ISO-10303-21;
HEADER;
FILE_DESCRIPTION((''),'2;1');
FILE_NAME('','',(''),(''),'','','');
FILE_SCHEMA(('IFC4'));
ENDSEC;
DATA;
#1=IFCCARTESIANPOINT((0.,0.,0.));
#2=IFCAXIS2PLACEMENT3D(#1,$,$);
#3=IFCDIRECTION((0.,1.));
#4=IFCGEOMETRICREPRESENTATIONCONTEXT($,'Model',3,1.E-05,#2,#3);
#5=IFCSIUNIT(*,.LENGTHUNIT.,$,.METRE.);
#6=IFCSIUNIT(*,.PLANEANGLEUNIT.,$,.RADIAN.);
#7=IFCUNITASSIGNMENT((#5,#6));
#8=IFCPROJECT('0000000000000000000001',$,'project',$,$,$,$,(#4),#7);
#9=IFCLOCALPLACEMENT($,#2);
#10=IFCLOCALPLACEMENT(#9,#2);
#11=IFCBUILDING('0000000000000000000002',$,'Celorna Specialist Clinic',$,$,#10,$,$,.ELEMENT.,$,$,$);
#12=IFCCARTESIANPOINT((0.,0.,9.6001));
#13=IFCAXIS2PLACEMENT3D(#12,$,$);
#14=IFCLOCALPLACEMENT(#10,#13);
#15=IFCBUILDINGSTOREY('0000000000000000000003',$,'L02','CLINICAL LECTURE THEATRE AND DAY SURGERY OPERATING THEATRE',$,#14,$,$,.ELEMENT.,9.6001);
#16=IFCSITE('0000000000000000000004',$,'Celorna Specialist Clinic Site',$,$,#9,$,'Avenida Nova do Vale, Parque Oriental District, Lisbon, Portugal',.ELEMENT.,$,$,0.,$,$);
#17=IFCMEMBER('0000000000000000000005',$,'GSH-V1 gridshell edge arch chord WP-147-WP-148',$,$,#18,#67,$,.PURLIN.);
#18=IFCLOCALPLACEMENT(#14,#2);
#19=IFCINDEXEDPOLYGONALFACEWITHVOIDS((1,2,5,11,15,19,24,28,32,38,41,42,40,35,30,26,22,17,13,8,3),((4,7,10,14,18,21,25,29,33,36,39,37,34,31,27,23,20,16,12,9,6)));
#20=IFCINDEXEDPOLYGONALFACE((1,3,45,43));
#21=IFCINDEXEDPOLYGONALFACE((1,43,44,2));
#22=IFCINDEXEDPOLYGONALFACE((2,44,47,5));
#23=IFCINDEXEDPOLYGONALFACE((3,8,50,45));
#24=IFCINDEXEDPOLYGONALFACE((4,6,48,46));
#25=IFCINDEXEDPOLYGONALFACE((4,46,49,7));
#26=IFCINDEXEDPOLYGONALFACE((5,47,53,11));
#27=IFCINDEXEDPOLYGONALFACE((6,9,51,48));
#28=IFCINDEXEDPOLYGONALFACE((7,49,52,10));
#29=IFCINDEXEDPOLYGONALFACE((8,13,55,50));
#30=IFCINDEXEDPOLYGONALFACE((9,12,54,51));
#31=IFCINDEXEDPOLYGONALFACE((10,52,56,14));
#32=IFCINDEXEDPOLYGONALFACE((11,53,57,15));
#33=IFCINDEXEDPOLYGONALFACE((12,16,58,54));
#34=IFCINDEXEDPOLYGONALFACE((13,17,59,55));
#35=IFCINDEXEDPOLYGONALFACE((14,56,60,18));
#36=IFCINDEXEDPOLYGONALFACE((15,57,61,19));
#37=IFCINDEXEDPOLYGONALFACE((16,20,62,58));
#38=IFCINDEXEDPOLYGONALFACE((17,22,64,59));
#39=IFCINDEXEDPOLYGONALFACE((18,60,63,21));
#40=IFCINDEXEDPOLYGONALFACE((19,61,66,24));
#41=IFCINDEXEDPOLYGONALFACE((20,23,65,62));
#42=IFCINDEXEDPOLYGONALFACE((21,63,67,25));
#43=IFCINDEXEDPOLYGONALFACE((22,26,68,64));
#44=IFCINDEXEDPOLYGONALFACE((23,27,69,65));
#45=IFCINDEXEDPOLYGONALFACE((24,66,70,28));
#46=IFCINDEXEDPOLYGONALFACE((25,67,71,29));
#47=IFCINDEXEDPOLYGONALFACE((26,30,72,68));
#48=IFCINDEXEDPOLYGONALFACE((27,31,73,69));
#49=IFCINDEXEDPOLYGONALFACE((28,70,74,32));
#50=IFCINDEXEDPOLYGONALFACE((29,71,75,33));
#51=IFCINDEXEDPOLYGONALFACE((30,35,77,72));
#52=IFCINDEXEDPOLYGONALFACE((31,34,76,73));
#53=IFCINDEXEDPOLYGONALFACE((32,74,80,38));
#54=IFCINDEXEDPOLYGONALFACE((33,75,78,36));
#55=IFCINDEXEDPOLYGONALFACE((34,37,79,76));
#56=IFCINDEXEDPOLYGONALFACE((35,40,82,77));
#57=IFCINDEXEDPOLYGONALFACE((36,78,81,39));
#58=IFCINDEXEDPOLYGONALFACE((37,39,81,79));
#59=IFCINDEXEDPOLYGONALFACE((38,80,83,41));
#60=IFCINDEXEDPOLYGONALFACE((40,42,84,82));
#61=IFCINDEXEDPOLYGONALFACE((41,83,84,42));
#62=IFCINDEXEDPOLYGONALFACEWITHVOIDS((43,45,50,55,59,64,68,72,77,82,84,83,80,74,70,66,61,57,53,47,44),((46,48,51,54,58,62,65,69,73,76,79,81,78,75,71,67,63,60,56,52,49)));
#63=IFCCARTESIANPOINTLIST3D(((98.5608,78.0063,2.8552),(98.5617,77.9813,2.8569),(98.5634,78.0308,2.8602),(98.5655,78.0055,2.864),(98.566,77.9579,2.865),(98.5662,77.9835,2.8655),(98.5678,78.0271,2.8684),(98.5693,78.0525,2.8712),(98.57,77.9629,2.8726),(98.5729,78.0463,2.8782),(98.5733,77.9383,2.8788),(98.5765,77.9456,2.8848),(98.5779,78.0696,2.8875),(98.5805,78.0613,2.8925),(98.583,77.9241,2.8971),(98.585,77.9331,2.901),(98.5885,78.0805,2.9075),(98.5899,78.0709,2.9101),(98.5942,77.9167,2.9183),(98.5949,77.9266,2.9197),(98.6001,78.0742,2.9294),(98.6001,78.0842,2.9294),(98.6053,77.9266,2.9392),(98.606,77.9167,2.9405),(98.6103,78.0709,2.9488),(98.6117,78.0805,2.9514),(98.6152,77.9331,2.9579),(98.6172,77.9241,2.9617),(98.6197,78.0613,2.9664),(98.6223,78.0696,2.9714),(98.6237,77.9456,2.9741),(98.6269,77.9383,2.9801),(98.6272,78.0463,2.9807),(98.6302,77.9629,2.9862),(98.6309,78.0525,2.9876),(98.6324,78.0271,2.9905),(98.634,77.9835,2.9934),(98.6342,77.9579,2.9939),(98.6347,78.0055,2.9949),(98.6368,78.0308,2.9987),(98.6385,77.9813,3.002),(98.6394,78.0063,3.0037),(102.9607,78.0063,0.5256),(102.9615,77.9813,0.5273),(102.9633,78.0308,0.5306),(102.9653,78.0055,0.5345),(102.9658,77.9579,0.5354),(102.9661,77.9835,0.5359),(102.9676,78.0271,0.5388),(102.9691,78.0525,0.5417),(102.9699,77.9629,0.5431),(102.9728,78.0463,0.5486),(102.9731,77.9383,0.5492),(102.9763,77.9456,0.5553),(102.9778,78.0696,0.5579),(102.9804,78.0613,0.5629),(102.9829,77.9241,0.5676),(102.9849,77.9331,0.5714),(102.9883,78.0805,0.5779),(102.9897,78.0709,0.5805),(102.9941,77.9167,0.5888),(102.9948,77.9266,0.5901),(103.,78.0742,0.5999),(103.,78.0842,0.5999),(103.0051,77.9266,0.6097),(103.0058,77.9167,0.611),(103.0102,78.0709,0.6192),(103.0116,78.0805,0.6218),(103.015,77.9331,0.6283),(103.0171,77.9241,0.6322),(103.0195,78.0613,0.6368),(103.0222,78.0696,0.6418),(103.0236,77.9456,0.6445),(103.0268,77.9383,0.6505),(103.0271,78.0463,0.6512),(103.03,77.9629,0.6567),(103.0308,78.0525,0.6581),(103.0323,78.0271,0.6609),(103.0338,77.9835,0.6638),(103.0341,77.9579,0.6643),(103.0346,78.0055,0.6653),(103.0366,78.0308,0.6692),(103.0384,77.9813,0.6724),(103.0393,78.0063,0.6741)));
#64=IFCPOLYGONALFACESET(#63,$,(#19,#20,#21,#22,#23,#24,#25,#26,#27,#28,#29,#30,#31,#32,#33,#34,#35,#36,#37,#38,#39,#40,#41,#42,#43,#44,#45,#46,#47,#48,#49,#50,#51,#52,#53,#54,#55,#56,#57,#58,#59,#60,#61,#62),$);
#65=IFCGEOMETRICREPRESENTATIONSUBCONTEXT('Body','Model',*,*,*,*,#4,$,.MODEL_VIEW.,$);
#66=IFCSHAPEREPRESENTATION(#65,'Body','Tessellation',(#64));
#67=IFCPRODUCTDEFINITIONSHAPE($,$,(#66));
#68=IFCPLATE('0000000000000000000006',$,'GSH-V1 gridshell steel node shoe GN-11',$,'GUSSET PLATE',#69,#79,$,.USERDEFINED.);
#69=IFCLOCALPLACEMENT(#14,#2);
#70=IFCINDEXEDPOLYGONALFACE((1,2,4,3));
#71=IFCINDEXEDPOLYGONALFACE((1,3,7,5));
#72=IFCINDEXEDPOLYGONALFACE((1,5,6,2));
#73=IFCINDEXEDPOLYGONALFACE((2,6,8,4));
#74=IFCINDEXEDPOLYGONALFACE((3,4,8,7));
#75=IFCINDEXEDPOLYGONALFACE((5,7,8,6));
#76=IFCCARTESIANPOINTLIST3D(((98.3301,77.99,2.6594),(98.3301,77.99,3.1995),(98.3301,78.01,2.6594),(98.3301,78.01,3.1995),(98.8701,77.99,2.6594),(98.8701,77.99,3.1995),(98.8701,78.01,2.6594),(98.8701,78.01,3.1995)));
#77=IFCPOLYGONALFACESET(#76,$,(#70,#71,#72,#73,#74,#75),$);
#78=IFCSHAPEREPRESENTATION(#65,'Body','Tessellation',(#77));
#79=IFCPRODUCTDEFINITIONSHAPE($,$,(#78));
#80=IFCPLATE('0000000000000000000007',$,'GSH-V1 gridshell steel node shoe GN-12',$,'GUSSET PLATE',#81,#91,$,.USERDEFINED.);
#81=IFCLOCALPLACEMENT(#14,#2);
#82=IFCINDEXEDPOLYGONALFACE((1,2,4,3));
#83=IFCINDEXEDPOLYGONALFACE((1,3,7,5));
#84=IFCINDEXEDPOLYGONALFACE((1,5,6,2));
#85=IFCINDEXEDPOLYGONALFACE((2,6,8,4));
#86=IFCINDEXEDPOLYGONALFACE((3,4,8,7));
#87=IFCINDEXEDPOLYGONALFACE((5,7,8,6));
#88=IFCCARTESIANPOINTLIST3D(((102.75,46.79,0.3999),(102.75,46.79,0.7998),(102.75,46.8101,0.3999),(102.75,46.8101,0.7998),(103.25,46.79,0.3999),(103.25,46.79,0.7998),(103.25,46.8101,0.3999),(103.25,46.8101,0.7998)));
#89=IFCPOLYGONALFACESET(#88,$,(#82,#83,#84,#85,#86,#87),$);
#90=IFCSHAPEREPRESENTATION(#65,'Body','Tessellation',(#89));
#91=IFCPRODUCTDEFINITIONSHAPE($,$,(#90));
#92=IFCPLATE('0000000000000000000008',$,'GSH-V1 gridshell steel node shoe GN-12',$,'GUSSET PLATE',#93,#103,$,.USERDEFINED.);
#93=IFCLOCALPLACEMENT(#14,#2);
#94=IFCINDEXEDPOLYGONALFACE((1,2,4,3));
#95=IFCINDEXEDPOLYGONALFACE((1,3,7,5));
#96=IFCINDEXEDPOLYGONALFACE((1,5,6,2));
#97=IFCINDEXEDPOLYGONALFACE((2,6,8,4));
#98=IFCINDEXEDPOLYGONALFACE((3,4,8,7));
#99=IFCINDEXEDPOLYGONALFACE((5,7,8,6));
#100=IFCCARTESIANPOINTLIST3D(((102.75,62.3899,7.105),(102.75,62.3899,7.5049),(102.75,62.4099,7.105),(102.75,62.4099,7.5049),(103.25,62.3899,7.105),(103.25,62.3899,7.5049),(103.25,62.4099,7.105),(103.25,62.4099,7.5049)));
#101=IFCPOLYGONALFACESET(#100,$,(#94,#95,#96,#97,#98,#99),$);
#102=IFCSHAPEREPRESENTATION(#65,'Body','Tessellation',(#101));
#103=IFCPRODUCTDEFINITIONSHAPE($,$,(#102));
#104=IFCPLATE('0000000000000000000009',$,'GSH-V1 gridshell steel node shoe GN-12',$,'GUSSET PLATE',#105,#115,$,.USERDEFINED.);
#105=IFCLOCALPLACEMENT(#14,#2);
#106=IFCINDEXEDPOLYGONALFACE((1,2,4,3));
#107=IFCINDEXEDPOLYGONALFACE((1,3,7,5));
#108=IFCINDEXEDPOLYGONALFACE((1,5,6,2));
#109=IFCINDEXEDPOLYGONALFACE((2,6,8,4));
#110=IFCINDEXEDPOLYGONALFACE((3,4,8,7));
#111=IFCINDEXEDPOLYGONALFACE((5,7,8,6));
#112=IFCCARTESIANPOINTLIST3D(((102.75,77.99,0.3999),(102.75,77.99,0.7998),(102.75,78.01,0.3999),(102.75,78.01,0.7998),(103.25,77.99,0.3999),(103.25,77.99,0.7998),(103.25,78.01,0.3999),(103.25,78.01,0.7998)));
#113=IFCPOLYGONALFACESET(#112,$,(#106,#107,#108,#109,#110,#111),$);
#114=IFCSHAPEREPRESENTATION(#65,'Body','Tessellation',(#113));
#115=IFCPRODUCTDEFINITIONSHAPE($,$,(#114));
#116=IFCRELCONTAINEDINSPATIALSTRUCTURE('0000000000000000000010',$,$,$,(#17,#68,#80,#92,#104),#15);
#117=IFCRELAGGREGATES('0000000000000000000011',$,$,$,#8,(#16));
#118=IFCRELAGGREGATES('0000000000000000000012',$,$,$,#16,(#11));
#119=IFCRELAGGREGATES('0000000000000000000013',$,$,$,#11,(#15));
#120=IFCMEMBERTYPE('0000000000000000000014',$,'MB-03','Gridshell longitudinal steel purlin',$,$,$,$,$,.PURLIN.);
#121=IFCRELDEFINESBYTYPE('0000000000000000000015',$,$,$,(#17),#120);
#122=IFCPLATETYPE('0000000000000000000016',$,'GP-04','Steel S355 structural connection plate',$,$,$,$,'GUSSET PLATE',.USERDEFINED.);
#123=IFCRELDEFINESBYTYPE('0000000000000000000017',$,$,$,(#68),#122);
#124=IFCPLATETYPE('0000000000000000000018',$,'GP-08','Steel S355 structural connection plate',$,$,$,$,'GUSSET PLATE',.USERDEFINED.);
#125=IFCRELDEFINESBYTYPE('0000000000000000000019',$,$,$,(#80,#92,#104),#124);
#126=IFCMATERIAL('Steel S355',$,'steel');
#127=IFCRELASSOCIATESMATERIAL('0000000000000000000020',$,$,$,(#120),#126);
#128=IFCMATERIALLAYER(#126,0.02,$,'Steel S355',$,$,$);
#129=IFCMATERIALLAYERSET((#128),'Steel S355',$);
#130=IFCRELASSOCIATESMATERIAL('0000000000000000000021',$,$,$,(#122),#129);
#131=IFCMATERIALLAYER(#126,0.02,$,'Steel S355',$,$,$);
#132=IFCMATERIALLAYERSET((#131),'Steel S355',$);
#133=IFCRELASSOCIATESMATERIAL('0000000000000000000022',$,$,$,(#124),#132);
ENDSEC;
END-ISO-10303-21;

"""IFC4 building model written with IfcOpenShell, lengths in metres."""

from ifc_helpers import new_model, si_unit, direction, frame, origin, origin_2d, place, context, subcontext, project, spatial, rectangle, hollow_circle, extrude, material, layer, layer_set, material_profile, profile_set, type_object, element, save


model = new_model("IFC4")

# Units and contexts
model_context = context("Model", 3, precision=1e-05, world=origin(), true_north=direction((0.0, 1.0)))
body_context = subcontext(model_context, "Body", "Model", "MODEL_VIEW")
ifc_project = project(units=[si_unit("LENGTHUNIT", "METRE"), si_unit("PLANEANGLEUNIT", "RADIAN")], contexts=[model_context])

# Site, building, storey
site_placement = place(None, origin())
site = spatial("IfcSite", under=ifc_project, at=site_placement, Name="Celorna Specialist Clinic Site", LongName="Avenida Nova do Vale, Parque Oriental District, Lisbon, Portugal", CompositionType="ELEMENT", RefElevation=0.0)
building_placement = place(site_placement, origin())
building = spatial("IfcBuilding", under=site, at=building_placement, Name="Celorna Specialist Clinic", CompositionType="ELEMENT")
storey_placement = place(building_placement, frame((0.0, 0.0, 9.6001)))
storey = spatial("IfcBuildingStorey", under=building, at=storey_placement, Name="L02", Description="CLINICAL LECTURE THEATRE AND DAY SURGERY OPERATING THEATRE", CompositionType="ELEMENT", Elevation=9.6001)

# Shared definitions
ifc_material_1 = material(Name="Steel S355", Category="steel")

# Member
ifc_material_profile_1 = material_profile(ifc_material_1, hollow_circle(Radius=0.0842, WallThickness=0.01, at=origin_2d()), Name="CHS 168.3x10")
ifc_profile_set_1 = profile_set([ifc_material_profile_1], Name="Steel S355")
member_type_1 = type_object("IfcMemberType", Name="MB-03", Description="Gridshell longitudinal steel purlin", PredefinedType="PURLIN", material=ifc_profile_set_1)
member_1_placement = place(storey_placement, frame((98.6001, 78.0, 2.9294), z_axis=(0.883769, 0.0, -0.467924), x_axis=(0.0, 1.0, 0.0)))
element("IfcMember", 1, at=member_1_placement, inside=storey, type_object=member_type_1, Name="GSH-V1 gridshell edge arch chord WP-147-WP-148", PredefinedType="PURLIN", context=body_context, shape_type="SweptSolid", body=[
    extrude(hollow_circle(Radius=0.0842, WallThickness=0.01, at=origin_2d()), origin(), (0.0, 0.0, 1.0), 4.9785),
])

# Plates
ifc_layer_1 = layer(ifc_material_1, 0.02, Name="Steel S355")
ifc_layer_set_1 = layer_set([ifc_layer_1], Name="Steel S355")
plate_type_1 = type_object("IfcPlateType", Name="GP-04", Description="Steel S355 structural connection plate", ElementType="GUSSET PLATE", PredefinedType="USERDEFINED", material=ifc_layer_set_1)
plate_placement = place(storey_placement, frame((98.6001, 78.0, 2.6594), z_axis=(0.0, 0.0, 1.0), x_axis=(1.0, 0.0, 0.0)))
element("IfcPlate", 2, at=plate_placement, inside=storey, type_object=plate_type_1, Name="GSH-V1 gridshell steel node shoe GN-11", ObjectType="GUSSET PLATE", PredefinedType="USERDEFINED", context=body_context, shape_type="SweptSolid", body=[
    extrude(rectangle(XDim=0.54, YDim=0.02, at=origin_2d()), origin(), (0.0, 0.0, 1.0), 0.54),
])
ifc_layer_2 = layer(ifc_material_1, 0.02, Name="Steel S355")
ifc_layer_set_2 = layer_set([ifc_layer_2], Name="Steel S355")
plate_type_2 = type_object("IfcPlateType", Name="GP-08", Description="Steel S355 structural connection plate", ElementType="GUSSET PLATE", PredefinedType="USERDEFINED", material=ifc_layer_set_2)
for number, where, z_axis, x_axis, name in (
    (3, (103.0, 46.8, 0.3999), (0.0, 0.0, 1.0), (1.0, 0.0, 0.0), "GSH-V1 gridshell steel node shoe GN-12"),
    (4, (103.0, 62.3999, 7.105), (0.0, 0.0, 1.0), (1.0, 0.0, 0.0), "GSH-V1 gridshell steel node shoe GN-12"),
    (5, (103.0, 78.0, 0.3999), (0.0, 0.0, 1.0), (1.0, 0.0, 0.0), "GSH-V1 gridshell steel node shoe GN-12"),
):
    element("IfcPlate", number, at=place(storey_placement, frame(where, z_axis=z_axis, x_axis=x_axis)), inside=storey, type_object=plate_type_2, Name=name, ObjectType="GUSSET PLATE", PredefinedType="USERDEFINED", context=body_context, shape_type="SweptSolid", body=[
        extrude(rectangle(XDim=0.5, YDim=0.02, at=origin_2d()), origin(), (0.0, 0.0, 1.0), 0.3999),
    ])

save(model, "model.ifc")
